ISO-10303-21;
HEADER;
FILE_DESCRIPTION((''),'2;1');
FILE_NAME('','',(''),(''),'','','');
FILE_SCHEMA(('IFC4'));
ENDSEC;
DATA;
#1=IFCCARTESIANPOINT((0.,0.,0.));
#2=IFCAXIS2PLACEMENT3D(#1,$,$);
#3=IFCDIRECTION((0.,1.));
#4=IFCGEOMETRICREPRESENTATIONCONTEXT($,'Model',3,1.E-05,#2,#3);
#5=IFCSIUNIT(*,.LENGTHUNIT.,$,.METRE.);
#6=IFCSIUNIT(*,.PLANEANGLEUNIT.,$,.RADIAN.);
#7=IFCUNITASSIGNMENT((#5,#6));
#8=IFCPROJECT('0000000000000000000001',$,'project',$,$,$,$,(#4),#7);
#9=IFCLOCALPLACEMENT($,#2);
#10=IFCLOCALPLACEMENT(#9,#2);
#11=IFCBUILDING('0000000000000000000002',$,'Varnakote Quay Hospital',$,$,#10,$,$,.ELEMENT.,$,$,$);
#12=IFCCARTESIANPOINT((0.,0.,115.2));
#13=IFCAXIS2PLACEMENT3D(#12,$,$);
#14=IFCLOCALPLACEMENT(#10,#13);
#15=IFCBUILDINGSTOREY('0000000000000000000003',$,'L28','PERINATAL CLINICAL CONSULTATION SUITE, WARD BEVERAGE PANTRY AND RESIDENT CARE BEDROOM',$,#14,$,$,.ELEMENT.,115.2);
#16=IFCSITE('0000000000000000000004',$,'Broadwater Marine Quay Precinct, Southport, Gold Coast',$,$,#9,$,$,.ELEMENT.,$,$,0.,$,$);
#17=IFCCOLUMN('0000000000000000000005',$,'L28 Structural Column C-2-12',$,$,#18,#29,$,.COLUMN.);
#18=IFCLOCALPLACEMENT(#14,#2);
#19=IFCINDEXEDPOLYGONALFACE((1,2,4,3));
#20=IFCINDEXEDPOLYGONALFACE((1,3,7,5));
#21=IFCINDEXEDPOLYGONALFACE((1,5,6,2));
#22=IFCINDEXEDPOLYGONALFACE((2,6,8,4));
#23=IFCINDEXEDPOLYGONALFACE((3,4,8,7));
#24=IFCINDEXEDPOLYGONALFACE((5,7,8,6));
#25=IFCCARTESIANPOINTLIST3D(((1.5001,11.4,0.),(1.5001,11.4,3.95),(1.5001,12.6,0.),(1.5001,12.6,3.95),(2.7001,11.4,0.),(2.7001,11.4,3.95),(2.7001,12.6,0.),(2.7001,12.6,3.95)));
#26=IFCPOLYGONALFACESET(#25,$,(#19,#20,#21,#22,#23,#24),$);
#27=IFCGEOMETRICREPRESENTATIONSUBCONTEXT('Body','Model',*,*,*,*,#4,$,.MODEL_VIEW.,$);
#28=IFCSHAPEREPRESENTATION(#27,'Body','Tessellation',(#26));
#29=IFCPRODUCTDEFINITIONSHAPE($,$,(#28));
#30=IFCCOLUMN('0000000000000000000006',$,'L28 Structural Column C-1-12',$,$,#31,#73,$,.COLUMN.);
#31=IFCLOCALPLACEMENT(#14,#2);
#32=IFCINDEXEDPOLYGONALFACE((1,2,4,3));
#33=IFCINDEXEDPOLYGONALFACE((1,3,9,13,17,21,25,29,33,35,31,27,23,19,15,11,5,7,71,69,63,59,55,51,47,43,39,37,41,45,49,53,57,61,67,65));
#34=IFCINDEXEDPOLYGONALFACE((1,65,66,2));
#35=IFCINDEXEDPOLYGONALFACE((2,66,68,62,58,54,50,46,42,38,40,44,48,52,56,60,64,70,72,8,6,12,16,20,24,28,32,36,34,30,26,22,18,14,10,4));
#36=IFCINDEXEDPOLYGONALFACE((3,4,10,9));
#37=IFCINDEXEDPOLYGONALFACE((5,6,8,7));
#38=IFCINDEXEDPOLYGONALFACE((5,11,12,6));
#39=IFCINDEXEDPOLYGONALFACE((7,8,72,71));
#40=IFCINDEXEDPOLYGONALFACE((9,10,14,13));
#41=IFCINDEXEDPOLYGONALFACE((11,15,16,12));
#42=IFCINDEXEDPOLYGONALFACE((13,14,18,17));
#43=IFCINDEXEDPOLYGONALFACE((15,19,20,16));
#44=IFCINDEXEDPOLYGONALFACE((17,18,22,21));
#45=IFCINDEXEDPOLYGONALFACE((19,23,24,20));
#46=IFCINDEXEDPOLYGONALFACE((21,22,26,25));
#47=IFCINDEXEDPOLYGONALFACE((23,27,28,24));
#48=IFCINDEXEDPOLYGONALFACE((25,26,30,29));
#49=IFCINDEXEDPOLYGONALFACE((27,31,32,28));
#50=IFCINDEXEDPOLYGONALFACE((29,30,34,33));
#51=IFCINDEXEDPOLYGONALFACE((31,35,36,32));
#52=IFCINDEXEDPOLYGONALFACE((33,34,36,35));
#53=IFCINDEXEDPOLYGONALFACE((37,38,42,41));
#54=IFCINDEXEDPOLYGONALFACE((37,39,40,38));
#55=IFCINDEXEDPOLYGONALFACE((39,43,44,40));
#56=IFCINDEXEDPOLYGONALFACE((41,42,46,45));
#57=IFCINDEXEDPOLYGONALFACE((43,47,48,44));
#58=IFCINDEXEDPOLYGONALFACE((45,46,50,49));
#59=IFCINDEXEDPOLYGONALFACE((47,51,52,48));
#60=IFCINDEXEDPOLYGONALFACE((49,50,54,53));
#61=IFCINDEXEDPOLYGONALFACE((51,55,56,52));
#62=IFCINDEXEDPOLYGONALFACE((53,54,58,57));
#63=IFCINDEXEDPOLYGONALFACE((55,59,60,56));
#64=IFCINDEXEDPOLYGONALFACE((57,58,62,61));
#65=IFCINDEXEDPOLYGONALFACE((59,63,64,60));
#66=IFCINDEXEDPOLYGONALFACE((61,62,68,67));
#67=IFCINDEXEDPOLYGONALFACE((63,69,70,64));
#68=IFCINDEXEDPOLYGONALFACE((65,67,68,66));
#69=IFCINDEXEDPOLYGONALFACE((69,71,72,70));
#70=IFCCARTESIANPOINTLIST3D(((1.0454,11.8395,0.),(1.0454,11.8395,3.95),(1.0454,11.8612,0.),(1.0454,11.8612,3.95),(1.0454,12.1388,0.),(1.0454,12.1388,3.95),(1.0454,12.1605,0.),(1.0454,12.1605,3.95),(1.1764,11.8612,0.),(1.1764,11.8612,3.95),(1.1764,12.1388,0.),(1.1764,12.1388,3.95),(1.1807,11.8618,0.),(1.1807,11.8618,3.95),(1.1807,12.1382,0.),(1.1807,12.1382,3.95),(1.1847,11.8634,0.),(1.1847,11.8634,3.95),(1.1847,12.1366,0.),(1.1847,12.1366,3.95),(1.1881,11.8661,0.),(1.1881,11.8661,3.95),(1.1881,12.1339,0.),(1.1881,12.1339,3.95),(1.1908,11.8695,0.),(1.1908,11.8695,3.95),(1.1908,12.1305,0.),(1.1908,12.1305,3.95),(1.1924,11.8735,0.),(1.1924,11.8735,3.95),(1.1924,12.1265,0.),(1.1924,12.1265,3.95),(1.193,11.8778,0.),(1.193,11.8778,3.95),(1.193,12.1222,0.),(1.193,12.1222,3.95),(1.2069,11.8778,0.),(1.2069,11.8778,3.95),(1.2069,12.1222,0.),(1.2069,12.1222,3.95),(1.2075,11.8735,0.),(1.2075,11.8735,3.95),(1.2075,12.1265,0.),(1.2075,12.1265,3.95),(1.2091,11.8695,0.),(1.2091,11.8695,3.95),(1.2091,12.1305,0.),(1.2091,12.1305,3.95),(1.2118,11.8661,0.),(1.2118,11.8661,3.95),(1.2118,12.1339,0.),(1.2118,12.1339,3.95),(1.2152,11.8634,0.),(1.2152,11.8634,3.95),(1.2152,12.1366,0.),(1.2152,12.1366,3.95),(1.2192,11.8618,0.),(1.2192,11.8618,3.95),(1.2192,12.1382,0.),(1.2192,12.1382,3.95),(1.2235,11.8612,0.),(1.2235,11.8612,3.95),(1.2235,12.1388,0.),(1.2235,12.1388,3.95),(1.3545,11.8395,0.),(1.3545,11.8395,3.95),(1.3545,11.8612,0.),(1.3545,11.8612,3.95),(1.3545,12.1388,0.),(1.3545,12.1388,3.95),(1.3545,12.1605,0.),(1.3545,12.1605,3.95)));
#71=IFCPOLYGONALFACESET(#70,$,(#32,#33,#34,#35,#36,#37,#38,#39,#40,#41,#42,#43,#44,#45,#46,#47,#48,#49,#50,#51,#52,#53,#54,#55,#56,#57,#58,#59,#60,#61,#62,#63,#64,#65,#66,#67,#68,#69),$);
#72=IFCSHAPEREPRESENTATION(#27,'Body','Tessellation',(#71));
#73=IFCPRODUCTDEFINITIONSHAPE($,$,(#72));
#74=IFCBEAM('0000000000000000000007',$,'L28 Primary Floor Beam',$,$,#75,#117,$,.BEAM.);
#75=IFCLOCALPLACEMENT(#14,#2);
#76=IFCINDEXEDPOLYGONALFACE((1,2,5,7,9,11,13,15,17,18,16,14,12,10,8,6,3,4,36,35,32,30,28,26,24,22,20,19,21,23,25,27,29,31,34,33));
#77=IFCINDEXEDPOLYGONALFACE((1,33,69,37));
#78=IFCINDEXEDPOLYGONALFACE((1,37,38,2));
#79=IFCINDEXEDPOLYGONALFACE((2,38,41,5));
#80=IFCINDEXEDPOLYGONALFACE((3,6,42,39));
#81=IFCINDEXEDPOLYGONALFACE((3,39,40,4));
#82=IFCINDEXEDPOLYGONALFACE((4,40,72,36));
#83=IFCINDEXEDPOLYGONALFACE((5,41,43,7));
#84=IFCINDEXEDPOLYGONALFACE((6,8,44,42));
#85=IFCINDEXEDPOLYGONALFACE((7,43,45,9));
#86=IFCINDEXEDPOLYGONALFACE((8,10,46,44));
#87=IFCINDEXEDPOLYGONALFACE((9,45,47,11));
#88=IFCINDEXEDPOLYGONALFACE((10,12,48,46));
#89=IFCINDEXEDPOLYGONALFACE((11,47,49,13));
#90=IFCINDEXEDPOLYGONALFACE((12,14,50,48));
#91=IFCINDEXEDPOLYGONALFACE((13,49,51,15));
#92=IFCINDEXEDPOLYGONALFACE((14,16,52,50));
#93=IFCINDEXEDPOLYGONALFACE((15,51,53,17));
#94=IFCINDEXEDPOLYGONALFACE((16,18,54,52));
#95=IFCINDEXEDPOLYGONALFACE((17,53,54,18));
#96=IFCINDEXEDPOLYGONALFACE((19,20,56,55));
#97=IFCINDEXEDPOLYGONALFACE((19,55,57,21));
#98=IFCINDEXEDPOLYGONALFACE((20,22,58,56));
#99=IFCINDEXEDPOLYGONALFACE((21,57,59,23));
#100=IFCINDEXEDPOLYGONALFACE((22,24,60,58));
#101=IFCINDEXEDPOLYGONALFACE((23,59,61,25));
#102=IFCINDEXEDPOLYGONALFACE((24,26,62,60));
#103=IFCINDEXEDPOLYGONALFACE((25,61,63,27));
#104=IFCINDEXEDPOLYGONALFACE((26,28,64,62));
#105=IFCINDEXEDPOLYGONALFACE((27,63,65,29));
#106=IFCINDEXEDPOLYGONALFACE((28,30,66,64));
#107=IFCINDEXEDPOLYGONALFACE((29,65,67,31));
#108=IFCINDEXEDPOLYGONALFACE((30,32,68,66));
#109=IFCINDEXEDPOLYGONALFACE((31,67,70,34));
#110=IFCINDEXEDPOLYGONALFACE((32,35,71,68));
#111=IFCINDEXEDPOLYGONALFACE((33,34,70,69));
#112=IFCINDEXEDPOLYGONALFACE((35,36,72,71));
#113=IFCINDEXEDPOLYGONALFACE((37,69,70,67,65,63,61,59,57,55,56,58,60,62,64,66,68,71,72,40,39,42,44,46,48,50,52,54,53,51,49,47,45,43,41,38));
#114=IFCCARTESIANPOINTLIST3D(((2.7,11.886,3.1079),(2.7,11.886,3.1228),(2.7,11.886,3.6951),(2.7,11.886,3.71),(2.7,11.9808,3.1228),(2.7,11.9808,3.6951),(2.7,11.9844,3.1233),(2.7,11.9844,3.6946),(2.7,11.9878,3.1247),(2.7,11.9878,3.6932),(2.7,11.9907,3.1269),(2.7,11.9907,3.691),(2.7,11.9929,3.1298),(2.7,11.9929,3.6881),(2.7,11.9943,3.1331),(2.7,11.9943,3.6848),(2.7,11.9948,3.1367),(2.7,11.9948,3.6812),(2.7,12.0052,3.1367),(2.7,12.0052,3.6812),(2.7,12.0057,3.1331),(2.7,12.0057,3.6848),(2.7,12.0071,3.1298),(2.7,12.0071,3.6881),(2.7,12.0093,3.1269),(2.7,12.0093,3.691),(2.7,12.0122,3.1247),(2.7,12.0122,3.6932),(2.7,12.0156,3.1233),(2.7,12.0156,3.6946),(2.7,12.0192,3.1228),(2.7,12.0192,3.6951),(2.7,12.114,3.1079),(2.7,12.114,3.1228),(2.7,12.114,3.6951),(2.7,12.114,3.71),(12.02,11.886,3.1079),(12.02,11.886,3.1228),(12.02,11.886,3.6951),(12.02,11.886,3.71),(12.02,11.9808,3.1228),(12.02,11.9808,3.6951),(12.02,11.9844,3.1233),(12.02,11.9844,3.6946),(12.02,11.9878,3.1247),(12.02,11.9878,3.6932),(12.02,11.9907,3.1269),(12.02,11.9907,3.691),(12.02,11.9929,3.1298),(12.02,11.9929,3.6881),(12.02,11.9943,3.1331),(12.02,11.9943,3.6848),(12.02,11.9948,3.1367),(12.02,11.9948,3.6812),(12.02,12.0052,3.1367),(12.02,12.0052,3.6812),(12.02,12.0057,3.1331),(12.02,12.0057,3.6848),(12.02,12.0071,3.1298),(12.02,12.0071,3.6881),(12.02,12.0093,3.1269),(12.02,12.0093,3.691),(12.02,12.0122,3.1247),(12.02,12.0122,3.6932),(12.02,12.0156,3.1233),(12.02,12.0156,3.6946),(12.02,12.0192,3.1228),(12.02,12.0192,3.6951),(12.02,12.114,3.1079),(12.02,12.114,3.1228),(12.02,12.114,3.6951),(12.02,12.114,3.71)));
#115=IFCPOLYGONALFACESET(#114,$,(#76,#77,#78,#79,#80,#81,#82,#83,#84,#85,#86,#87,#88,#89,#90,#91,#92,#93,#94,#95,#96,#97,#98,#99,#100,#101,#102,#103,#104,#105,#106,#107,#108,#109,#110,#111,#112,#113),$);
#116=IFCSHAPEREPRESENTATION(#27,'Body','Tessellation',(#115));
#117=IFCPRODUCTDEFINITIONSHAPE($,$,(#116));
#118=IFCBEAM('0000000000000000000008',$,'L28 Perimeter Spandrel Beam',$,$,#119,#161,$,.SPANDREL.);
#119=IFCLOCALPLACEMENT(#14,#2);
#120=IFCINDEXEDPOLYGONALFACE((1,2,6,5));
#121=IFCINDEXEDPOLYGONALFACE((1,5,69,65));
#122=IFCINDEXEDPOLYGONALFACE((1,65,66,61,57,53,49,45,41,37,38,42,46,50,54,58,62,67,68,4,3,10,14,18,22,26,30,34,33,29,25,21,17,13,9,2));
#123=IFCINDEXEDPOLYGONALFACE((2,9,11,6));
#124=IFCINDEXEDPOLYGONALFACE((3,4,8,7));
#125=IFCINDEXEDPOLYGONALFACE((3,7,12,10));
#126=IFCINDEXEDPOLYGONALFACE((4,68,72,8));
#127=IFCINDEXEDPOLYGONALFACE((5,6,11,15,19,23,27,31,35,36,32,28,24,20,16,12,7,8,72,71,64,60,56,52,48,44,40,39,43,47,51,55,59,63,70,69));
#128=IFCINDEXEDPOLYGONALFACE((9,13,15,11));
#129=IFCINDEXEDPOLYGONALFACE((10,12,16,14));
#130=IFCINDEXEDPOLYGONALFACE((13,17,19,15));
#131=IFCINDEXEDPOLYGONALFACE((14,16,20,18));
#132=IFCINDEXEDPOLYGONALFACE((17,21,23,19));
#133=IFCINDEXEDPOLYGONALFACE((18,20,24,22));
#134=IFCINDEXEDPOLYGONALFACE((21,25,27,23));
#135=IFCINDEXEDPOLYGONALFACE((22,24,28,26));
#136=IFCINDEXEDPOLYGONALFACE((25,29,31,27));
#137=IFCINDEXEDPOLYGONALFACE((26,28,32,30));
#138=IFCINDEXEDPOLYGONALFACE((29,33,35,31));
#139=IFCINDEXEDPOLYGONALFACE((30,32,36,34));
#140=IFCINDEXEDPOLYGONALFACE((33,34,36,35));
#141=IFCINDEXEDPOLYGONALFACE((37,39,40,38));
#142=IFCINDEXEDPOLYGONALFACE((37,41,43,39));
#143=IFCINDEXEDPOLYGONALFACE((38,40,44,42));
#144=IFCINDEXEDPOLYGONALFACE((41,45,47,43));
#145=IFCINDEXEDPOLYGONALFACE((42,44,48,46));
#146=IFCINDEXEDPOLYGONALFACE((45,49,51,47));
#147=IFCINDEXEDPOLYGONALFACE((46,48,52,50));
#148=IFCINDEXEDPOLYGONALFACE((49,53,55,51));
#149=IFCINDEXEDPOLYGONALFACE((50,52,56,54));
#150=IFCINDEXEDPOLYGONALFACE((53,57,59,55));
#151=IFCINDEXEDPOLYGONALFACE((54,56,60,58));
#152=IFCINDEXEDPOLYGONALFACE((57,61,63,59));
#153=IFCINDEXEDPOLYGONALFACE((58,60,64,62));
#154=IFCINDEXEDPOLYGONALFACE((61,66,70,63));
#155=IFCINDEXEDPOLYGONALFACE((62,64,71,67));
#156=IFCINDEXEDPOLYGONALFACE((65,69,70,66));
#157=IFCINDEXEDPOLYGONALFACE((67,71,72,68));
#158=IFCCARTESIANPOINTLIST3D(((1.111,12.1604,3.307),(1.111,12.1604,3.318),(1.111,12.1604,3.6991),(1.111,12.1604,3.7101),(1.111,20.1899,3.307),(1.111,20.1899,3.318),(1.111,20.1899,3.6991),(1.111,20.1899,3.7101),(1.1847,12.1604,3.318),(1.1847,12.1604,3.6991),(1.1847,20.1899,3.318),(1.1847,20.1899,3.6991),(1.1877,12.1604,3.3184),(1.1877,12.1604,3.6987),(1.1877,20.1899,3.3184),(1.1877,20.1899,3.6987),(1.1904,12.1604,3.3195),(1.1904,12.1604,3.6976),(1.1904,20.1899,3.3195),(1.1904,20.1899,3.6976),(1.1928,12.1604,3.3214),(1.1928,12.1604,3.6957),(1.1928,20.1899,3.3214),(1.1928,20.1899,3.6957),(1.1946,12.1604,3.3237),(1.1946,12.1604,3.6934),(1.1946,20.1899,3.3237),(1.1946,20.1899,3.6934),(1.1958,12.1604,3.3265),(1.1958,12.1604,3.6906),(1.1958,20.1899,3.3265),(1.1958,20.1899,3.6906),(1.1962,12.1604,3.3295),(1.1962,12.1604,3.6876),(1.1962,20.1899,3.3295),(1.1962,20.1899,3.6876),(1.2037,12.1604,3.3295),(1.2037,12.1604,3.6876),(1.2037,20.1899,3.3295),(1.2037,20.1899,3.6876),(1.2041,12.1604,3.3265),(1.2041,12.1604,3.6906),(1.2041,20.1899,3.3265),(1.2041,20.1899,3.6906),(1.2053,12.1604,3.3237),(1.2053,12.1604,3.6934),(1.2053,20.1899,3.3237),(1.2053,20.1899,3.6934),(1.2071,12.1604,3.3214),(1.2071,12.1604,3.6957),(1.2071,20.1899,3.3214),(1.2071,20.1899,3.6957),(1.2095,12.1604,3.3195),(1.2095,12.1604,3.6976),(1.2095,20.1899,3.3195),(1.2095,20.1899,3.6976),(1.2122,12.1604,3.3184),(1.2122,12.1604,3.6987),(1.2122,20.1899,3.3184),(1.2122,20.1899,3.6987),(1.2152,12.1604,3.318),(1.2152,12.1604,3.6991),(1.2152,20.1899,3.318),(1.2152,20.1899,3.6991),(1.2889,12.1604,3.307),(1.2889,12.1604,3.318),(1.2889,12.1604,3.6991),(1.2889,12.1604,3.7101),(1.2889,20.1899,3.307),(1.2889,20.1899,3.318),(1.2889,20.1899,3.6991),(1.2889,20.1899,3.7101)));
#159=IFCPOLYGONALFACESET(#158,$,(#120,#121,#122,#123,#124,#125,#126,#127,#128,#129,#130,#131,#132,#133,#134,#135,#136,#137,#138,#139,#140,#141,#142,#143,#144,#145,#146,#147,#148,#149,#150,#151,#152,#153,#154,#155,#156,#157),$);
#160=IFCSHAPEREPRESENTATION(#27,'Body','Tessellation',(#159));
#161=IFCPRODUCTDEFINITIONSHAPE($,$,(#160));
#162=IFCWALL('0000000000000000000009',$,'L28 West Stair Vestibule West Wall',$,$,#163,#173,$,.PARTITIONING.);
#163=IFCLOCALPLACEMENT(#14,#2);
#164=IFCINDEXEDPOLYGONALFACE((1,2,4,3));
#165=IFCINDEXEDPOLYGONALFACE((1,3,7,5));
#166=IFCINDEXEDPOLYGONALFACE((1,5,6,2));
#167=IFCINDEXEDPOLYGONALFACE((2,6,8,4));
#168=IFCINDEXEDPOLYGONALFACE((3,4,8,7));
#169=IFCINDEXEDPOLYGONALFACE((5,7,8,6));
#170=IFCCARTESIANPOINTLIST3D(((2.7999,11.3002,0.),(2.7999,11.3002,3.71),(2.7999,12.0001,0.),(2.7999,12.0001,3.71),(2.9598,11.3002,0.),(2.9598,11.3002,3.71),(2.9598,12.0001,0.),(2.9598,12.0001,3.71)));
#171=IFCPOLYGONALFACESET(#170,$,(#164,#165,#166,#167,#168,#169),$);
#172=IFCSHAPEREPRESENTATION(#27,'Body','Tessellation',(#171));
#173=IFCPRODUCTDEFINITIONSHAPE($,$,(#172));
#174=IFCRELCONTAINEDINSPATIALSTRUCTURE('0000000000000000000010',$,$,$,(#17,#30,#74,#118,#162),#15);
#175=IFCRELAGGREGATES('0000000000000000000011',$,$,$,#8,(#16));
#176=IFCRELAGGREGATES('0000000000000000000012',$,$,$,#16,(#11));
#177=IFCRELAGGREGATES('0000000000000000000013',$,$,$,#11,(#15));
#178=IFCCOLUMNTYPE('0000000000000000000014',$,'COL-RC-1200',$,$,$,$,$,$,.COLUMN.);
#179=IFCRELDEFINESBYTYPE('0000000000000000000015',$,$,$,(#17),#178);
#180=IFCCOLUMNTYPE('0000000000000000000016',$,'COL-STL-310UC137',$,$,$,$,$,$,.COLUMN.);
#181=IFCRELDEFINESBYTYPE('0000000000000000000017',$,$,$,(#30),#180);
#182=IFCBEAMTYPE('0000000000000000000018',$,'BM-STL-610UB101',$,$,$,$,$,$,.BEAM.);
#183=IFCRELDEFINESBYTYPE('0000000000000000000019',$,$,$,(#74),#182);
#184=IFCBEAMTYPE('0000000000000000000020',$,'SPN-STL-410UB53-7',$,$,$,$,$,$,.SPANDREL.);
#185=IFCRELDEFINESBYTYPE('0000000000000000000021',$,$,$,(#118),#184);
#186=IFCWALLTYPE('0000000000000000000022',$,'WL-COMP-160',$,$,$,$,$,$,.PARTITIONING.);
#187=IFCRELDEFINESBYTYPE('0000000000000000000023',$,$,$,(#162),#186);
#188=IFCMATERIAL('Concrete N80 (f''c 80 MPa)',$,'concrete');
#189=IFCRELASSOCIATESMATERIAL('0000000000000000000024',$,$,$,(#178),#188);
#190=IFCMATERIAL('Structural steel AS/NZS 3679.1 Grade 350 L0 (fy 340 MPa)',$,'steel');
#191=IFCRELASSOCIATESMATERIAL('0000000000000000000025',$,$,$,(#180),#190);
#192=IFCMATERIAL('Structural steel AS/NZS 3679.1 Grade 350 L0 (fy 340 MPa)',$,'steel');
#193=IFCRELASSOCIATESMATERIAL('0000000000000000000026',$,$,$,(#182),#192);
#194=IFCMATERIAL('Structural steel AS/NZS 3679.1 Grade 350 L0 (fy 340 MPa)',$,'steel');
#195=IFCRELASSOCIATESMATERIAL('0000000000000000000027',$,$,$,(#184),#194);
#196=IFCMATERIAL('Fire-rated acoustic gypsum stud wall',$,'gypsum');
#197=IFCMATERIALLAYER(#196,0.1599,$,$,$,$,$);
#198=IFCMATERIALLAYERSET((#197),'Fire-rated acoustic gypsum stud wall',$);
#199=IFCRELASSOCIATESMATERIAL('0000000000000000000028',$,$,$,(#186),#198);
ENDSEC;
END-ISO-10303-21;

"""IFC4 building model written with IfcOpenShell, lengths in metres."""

from ifc_helpers import new_model, si_unit, direction, frame, frame_2d, origin, origin_2d, place, context, subcontext, project, spatial, rectangle, i_section, extrude, material, layer, layer_set, material_profile, profile_set, type_object, element, save


model = new_model("IFC4")

# Units and contexts
model_context = context("Model", 3, precision=1e-05, world=origin(), true_north=direction((0.0, 1.0)))
body_context = subcontext(model_context, "Body", "Model", "MODEL_VIEW")
ifc_project = project(units=[si_unit("LENGTHUNIT", "METRE"), si_unit("PLANEANGLEUNIT", "RADIAN")], contexts=[model_context])

# Site, building, storey
site_placement = place(None, origin())
site = spatial("IfcSite", under=ifc_project, at=site_placement, Name="Broadwater Marine Quay Precinct, Southport, Gold Coast", CompositionType="ELEMENT", RefElevation=0.0)
building_placement = place(site_placement, origin())
building = spatial("IfcBuilding", under=site, at=building_placement, Name="Varnakote Quay Hospital", CompositionType="ELEMENT")
storey_placement = place(building_placement, frame((0.0, 0.0, 115.2)))
storey = spatial("IfcBuildingStorey", under=building, at=storey_placement, Name="L28", Description="PERINATAL CLINICAL CONSULTATION SUITE, WARD BEVERAGE PANTRY AND RESIDENT CARE BEDROOM", CompositionType="ELEMENT", Elevation=115.2)

# Columns
ifc_material_1 = material(Name="Concrete N80 (f'c 80 MPa)", Category="concrete")
ifc_material_profile_1 = material_profile(ifc_material_1, rectangle(XDim=1.2, YDim=1.2, at=origin_2d()), Name="RC-COL-1200x1200")
ifc_profile_set_1 = profile_set([ifc_material_profile_1], Name="Concrete N80 (f'c 80 MPa)")
column_type_1 = type_object("IfcColumnType", Name="COL-RC-1200", PredefinedType="COLUMN", material=ifc_profile_set_1)
column_1_placement = place(storey_placement, frame((2.1001, 12.0, 0.0), z_axis=(0.0, 0.0, 1.0), x_axis=(1.0, 0.0, 0.0)))
element("IfcColumn", 1, at=column_1_placement, inside=storey, type_object=column_type_1, Name="L28 Structural Column C-2-12", PredefinedType="COLUMN", context=body_context, shape_type="SweptSolid", body=[
    extrude(rectangle(XDim=1.2, YDim=1.2, at=origin_2d()), origin(), (0.0, 0.0, 1.0), 3.95),
])
ifc_material_2 = material(Name="Structural steel AS/NZS 3679.1 Grade 350 L0 (fy 340 MPa)", Category="steel")
ifc_material_profile_2 = material_profile(ifc_material_2, i_section(OverallWidth=0.3091, OverallDepth=0.321, WebThickness=0.0139, FlangeThickness=0.0217, FilletRadius=0.0166, at=origin_2d()), Name="310UC137")
ifc_profile_set_2 = profile_set([ifc_material_profile_2], Name="Structural steel AS/NZS 3679.1 Grade 350 L0 (fy 340 MPa)")
column_type_2 = type_object("IfcColumnType", Name="COL-STL-310UC137", PredefinedType="COLUMN", material=ifc_profile_set_2)
column_2_placement = place(storey_placement, frame((1.2, 12.0, 0.0), z_axis=(0.0, 0.0, 1.0), x_axis=(1.0, 0.0, 0.0)))
element("IfcColumn", 2, at=column_2_placement, inside=storey, type_object=column_type_2, Name="L28 Structural Column C-1-12", PredefinedType="COLUMN", context=body_context, shape_type="SweptSolid", body=[
    extrude(i_section(OverallWidth=0.3091, OverallDepth=0.321, WebThickness=0.0139, FlangeThickness=0.0217, FilletRadius=0.0166, at=origin_2d()), origin(), (0.0, 0.0, 1.0), 3.95),
])

# Beams
ifc_material_3 = material(Name="Structural steel AS/NZS 3679.1 Grade 350 L0 (fy 340 MPa)", Category="steel")
ifc_material_profile_3 = material_profile(ifc_material_3, i_section(OverallWidth=0.228, OverallDepth=0.6021, WebThickness=0.0105, FlangeThickness=0.0149, FilletRadius=0.0139, at=origin_2d()), Name="610UB101")
ifc_profile_set_3 = profile_set([ifc_material_profile_3], Name="Structural steel AS/NZS 3679.1 Grade 350 L0 (fy 340 MPa)")
beam_type_1 = type_object("IfcBeamType", Name="BM-STL-610UB101", PredefinedType="BEAM", material=ifc_profile_set_3)
beam_1_placement = place(storey_placement, frame((2.7, 12.0, 3.4089), z_axis=(1.0, 0.0, 0.0), x_axis=(0.0, 1.0, 0.0)))
element("IfcBeam", 3, at=beam_1_placement, inside=storey, type_object=beam_type_1, Name="L28 Primary Floor Beam", PredefinedType="BEAM", context=body_context, shape_type="SweptSolid", body=[
    extrude(i_section(OverallWidth=0.228, OverallDepth=0.6021, WebThickness=0.0105, FlangeThickness=0.0149, FilletRadius=0.0139, at=origin_2d()), origin(), (0.0, 0.0, 1.0), 9.3201),
])
ifc_material_4 = material(Name="Structural steel AS/NZS 3679.1 Grade 350 L0 (fy 340 MPa)", Category="steel")
ifc_material_profile_4 = material_profile(ifc_material_4, i_section(OverallWidth=0.178, OverallDepth=0.4031, WebThickness=0.0076, FlangeThickness=0.011, FilletRadius=0.0115, at=origin_2d()), Name="410UB53.7")
ifc_profile_set_4 = profile_set([ifc_material_profile_4], Name="Structural steel AS/NZS 3679.1 Grade 350 L0 (fy 340 MPa)")
beam_type_2 = type_object("IfcBeamType", Name="SPN-STL-410UB53-7", PredefinedType="SPANDREL", material=ifc_profile_set_4)
beam_2_placement = place(storey_placement, frame((1.2, 12.1604, 3.5085), z_axis=(0.0, 1.0, 0.0), x_axis=(-1.0, 0.0, 0.0)))
element("IfcBeam", 4, at=beam_2_placement, inside=storey, type_object=beam_type_2, Name="L28 Perimeter Spandrel Beam", PredefinedType="SPANDREL", context=body_context, shape_type="SweptSolid", body=[
    extrude(i_section(OverallWidth=0.178, OverallDepth=0.4031, WebThickness=0.0076, FlangeThickness=0.011, FilletRadius=0.0115, at=origin_2d()), origin(), (0.0, 0.0, 1.0), 8.0295),
])

# Wall
ifc_material_5 = material(Name="Fire-rated acoustic gypsum stud wall", Category="gypsum")
ifc_layer_1 = layer(ifc_material_5, 0.1599)
ifc_layer_set_1 = layer_set([ifc_layer_1], Name="Fire-rated acoustic gypsum stud wall")
wall_type_1 = type_object("IfcWallType", Name="WL-COMP-160", PredefinedType="PARTITIONING", material=ifc_layer_set_1)
wall_1_placement = place(storey_placement, frame((2.8799, 11.3, 0.0), z_axis=(0.0, 0.0, 1.0), x_axis=(0.0, 1.0, 0.0)))
element("IfcWall", 5, at=wall_1_placement, inside=storey, type_object=wall_type_1, Name="L28 West Stair Vestibule West Wall", PredefinedType="PARTITIONING", context=body_context, shape_type="SweptSolid", body=[
    extrude(rectangle(XDim=0.7, YDim=0.1599, at=frame_2d((0.3501, 0.0))), origin(), (0.0, 0.0, 1.0), 3.71),
])

save(model, "model.ifc")
